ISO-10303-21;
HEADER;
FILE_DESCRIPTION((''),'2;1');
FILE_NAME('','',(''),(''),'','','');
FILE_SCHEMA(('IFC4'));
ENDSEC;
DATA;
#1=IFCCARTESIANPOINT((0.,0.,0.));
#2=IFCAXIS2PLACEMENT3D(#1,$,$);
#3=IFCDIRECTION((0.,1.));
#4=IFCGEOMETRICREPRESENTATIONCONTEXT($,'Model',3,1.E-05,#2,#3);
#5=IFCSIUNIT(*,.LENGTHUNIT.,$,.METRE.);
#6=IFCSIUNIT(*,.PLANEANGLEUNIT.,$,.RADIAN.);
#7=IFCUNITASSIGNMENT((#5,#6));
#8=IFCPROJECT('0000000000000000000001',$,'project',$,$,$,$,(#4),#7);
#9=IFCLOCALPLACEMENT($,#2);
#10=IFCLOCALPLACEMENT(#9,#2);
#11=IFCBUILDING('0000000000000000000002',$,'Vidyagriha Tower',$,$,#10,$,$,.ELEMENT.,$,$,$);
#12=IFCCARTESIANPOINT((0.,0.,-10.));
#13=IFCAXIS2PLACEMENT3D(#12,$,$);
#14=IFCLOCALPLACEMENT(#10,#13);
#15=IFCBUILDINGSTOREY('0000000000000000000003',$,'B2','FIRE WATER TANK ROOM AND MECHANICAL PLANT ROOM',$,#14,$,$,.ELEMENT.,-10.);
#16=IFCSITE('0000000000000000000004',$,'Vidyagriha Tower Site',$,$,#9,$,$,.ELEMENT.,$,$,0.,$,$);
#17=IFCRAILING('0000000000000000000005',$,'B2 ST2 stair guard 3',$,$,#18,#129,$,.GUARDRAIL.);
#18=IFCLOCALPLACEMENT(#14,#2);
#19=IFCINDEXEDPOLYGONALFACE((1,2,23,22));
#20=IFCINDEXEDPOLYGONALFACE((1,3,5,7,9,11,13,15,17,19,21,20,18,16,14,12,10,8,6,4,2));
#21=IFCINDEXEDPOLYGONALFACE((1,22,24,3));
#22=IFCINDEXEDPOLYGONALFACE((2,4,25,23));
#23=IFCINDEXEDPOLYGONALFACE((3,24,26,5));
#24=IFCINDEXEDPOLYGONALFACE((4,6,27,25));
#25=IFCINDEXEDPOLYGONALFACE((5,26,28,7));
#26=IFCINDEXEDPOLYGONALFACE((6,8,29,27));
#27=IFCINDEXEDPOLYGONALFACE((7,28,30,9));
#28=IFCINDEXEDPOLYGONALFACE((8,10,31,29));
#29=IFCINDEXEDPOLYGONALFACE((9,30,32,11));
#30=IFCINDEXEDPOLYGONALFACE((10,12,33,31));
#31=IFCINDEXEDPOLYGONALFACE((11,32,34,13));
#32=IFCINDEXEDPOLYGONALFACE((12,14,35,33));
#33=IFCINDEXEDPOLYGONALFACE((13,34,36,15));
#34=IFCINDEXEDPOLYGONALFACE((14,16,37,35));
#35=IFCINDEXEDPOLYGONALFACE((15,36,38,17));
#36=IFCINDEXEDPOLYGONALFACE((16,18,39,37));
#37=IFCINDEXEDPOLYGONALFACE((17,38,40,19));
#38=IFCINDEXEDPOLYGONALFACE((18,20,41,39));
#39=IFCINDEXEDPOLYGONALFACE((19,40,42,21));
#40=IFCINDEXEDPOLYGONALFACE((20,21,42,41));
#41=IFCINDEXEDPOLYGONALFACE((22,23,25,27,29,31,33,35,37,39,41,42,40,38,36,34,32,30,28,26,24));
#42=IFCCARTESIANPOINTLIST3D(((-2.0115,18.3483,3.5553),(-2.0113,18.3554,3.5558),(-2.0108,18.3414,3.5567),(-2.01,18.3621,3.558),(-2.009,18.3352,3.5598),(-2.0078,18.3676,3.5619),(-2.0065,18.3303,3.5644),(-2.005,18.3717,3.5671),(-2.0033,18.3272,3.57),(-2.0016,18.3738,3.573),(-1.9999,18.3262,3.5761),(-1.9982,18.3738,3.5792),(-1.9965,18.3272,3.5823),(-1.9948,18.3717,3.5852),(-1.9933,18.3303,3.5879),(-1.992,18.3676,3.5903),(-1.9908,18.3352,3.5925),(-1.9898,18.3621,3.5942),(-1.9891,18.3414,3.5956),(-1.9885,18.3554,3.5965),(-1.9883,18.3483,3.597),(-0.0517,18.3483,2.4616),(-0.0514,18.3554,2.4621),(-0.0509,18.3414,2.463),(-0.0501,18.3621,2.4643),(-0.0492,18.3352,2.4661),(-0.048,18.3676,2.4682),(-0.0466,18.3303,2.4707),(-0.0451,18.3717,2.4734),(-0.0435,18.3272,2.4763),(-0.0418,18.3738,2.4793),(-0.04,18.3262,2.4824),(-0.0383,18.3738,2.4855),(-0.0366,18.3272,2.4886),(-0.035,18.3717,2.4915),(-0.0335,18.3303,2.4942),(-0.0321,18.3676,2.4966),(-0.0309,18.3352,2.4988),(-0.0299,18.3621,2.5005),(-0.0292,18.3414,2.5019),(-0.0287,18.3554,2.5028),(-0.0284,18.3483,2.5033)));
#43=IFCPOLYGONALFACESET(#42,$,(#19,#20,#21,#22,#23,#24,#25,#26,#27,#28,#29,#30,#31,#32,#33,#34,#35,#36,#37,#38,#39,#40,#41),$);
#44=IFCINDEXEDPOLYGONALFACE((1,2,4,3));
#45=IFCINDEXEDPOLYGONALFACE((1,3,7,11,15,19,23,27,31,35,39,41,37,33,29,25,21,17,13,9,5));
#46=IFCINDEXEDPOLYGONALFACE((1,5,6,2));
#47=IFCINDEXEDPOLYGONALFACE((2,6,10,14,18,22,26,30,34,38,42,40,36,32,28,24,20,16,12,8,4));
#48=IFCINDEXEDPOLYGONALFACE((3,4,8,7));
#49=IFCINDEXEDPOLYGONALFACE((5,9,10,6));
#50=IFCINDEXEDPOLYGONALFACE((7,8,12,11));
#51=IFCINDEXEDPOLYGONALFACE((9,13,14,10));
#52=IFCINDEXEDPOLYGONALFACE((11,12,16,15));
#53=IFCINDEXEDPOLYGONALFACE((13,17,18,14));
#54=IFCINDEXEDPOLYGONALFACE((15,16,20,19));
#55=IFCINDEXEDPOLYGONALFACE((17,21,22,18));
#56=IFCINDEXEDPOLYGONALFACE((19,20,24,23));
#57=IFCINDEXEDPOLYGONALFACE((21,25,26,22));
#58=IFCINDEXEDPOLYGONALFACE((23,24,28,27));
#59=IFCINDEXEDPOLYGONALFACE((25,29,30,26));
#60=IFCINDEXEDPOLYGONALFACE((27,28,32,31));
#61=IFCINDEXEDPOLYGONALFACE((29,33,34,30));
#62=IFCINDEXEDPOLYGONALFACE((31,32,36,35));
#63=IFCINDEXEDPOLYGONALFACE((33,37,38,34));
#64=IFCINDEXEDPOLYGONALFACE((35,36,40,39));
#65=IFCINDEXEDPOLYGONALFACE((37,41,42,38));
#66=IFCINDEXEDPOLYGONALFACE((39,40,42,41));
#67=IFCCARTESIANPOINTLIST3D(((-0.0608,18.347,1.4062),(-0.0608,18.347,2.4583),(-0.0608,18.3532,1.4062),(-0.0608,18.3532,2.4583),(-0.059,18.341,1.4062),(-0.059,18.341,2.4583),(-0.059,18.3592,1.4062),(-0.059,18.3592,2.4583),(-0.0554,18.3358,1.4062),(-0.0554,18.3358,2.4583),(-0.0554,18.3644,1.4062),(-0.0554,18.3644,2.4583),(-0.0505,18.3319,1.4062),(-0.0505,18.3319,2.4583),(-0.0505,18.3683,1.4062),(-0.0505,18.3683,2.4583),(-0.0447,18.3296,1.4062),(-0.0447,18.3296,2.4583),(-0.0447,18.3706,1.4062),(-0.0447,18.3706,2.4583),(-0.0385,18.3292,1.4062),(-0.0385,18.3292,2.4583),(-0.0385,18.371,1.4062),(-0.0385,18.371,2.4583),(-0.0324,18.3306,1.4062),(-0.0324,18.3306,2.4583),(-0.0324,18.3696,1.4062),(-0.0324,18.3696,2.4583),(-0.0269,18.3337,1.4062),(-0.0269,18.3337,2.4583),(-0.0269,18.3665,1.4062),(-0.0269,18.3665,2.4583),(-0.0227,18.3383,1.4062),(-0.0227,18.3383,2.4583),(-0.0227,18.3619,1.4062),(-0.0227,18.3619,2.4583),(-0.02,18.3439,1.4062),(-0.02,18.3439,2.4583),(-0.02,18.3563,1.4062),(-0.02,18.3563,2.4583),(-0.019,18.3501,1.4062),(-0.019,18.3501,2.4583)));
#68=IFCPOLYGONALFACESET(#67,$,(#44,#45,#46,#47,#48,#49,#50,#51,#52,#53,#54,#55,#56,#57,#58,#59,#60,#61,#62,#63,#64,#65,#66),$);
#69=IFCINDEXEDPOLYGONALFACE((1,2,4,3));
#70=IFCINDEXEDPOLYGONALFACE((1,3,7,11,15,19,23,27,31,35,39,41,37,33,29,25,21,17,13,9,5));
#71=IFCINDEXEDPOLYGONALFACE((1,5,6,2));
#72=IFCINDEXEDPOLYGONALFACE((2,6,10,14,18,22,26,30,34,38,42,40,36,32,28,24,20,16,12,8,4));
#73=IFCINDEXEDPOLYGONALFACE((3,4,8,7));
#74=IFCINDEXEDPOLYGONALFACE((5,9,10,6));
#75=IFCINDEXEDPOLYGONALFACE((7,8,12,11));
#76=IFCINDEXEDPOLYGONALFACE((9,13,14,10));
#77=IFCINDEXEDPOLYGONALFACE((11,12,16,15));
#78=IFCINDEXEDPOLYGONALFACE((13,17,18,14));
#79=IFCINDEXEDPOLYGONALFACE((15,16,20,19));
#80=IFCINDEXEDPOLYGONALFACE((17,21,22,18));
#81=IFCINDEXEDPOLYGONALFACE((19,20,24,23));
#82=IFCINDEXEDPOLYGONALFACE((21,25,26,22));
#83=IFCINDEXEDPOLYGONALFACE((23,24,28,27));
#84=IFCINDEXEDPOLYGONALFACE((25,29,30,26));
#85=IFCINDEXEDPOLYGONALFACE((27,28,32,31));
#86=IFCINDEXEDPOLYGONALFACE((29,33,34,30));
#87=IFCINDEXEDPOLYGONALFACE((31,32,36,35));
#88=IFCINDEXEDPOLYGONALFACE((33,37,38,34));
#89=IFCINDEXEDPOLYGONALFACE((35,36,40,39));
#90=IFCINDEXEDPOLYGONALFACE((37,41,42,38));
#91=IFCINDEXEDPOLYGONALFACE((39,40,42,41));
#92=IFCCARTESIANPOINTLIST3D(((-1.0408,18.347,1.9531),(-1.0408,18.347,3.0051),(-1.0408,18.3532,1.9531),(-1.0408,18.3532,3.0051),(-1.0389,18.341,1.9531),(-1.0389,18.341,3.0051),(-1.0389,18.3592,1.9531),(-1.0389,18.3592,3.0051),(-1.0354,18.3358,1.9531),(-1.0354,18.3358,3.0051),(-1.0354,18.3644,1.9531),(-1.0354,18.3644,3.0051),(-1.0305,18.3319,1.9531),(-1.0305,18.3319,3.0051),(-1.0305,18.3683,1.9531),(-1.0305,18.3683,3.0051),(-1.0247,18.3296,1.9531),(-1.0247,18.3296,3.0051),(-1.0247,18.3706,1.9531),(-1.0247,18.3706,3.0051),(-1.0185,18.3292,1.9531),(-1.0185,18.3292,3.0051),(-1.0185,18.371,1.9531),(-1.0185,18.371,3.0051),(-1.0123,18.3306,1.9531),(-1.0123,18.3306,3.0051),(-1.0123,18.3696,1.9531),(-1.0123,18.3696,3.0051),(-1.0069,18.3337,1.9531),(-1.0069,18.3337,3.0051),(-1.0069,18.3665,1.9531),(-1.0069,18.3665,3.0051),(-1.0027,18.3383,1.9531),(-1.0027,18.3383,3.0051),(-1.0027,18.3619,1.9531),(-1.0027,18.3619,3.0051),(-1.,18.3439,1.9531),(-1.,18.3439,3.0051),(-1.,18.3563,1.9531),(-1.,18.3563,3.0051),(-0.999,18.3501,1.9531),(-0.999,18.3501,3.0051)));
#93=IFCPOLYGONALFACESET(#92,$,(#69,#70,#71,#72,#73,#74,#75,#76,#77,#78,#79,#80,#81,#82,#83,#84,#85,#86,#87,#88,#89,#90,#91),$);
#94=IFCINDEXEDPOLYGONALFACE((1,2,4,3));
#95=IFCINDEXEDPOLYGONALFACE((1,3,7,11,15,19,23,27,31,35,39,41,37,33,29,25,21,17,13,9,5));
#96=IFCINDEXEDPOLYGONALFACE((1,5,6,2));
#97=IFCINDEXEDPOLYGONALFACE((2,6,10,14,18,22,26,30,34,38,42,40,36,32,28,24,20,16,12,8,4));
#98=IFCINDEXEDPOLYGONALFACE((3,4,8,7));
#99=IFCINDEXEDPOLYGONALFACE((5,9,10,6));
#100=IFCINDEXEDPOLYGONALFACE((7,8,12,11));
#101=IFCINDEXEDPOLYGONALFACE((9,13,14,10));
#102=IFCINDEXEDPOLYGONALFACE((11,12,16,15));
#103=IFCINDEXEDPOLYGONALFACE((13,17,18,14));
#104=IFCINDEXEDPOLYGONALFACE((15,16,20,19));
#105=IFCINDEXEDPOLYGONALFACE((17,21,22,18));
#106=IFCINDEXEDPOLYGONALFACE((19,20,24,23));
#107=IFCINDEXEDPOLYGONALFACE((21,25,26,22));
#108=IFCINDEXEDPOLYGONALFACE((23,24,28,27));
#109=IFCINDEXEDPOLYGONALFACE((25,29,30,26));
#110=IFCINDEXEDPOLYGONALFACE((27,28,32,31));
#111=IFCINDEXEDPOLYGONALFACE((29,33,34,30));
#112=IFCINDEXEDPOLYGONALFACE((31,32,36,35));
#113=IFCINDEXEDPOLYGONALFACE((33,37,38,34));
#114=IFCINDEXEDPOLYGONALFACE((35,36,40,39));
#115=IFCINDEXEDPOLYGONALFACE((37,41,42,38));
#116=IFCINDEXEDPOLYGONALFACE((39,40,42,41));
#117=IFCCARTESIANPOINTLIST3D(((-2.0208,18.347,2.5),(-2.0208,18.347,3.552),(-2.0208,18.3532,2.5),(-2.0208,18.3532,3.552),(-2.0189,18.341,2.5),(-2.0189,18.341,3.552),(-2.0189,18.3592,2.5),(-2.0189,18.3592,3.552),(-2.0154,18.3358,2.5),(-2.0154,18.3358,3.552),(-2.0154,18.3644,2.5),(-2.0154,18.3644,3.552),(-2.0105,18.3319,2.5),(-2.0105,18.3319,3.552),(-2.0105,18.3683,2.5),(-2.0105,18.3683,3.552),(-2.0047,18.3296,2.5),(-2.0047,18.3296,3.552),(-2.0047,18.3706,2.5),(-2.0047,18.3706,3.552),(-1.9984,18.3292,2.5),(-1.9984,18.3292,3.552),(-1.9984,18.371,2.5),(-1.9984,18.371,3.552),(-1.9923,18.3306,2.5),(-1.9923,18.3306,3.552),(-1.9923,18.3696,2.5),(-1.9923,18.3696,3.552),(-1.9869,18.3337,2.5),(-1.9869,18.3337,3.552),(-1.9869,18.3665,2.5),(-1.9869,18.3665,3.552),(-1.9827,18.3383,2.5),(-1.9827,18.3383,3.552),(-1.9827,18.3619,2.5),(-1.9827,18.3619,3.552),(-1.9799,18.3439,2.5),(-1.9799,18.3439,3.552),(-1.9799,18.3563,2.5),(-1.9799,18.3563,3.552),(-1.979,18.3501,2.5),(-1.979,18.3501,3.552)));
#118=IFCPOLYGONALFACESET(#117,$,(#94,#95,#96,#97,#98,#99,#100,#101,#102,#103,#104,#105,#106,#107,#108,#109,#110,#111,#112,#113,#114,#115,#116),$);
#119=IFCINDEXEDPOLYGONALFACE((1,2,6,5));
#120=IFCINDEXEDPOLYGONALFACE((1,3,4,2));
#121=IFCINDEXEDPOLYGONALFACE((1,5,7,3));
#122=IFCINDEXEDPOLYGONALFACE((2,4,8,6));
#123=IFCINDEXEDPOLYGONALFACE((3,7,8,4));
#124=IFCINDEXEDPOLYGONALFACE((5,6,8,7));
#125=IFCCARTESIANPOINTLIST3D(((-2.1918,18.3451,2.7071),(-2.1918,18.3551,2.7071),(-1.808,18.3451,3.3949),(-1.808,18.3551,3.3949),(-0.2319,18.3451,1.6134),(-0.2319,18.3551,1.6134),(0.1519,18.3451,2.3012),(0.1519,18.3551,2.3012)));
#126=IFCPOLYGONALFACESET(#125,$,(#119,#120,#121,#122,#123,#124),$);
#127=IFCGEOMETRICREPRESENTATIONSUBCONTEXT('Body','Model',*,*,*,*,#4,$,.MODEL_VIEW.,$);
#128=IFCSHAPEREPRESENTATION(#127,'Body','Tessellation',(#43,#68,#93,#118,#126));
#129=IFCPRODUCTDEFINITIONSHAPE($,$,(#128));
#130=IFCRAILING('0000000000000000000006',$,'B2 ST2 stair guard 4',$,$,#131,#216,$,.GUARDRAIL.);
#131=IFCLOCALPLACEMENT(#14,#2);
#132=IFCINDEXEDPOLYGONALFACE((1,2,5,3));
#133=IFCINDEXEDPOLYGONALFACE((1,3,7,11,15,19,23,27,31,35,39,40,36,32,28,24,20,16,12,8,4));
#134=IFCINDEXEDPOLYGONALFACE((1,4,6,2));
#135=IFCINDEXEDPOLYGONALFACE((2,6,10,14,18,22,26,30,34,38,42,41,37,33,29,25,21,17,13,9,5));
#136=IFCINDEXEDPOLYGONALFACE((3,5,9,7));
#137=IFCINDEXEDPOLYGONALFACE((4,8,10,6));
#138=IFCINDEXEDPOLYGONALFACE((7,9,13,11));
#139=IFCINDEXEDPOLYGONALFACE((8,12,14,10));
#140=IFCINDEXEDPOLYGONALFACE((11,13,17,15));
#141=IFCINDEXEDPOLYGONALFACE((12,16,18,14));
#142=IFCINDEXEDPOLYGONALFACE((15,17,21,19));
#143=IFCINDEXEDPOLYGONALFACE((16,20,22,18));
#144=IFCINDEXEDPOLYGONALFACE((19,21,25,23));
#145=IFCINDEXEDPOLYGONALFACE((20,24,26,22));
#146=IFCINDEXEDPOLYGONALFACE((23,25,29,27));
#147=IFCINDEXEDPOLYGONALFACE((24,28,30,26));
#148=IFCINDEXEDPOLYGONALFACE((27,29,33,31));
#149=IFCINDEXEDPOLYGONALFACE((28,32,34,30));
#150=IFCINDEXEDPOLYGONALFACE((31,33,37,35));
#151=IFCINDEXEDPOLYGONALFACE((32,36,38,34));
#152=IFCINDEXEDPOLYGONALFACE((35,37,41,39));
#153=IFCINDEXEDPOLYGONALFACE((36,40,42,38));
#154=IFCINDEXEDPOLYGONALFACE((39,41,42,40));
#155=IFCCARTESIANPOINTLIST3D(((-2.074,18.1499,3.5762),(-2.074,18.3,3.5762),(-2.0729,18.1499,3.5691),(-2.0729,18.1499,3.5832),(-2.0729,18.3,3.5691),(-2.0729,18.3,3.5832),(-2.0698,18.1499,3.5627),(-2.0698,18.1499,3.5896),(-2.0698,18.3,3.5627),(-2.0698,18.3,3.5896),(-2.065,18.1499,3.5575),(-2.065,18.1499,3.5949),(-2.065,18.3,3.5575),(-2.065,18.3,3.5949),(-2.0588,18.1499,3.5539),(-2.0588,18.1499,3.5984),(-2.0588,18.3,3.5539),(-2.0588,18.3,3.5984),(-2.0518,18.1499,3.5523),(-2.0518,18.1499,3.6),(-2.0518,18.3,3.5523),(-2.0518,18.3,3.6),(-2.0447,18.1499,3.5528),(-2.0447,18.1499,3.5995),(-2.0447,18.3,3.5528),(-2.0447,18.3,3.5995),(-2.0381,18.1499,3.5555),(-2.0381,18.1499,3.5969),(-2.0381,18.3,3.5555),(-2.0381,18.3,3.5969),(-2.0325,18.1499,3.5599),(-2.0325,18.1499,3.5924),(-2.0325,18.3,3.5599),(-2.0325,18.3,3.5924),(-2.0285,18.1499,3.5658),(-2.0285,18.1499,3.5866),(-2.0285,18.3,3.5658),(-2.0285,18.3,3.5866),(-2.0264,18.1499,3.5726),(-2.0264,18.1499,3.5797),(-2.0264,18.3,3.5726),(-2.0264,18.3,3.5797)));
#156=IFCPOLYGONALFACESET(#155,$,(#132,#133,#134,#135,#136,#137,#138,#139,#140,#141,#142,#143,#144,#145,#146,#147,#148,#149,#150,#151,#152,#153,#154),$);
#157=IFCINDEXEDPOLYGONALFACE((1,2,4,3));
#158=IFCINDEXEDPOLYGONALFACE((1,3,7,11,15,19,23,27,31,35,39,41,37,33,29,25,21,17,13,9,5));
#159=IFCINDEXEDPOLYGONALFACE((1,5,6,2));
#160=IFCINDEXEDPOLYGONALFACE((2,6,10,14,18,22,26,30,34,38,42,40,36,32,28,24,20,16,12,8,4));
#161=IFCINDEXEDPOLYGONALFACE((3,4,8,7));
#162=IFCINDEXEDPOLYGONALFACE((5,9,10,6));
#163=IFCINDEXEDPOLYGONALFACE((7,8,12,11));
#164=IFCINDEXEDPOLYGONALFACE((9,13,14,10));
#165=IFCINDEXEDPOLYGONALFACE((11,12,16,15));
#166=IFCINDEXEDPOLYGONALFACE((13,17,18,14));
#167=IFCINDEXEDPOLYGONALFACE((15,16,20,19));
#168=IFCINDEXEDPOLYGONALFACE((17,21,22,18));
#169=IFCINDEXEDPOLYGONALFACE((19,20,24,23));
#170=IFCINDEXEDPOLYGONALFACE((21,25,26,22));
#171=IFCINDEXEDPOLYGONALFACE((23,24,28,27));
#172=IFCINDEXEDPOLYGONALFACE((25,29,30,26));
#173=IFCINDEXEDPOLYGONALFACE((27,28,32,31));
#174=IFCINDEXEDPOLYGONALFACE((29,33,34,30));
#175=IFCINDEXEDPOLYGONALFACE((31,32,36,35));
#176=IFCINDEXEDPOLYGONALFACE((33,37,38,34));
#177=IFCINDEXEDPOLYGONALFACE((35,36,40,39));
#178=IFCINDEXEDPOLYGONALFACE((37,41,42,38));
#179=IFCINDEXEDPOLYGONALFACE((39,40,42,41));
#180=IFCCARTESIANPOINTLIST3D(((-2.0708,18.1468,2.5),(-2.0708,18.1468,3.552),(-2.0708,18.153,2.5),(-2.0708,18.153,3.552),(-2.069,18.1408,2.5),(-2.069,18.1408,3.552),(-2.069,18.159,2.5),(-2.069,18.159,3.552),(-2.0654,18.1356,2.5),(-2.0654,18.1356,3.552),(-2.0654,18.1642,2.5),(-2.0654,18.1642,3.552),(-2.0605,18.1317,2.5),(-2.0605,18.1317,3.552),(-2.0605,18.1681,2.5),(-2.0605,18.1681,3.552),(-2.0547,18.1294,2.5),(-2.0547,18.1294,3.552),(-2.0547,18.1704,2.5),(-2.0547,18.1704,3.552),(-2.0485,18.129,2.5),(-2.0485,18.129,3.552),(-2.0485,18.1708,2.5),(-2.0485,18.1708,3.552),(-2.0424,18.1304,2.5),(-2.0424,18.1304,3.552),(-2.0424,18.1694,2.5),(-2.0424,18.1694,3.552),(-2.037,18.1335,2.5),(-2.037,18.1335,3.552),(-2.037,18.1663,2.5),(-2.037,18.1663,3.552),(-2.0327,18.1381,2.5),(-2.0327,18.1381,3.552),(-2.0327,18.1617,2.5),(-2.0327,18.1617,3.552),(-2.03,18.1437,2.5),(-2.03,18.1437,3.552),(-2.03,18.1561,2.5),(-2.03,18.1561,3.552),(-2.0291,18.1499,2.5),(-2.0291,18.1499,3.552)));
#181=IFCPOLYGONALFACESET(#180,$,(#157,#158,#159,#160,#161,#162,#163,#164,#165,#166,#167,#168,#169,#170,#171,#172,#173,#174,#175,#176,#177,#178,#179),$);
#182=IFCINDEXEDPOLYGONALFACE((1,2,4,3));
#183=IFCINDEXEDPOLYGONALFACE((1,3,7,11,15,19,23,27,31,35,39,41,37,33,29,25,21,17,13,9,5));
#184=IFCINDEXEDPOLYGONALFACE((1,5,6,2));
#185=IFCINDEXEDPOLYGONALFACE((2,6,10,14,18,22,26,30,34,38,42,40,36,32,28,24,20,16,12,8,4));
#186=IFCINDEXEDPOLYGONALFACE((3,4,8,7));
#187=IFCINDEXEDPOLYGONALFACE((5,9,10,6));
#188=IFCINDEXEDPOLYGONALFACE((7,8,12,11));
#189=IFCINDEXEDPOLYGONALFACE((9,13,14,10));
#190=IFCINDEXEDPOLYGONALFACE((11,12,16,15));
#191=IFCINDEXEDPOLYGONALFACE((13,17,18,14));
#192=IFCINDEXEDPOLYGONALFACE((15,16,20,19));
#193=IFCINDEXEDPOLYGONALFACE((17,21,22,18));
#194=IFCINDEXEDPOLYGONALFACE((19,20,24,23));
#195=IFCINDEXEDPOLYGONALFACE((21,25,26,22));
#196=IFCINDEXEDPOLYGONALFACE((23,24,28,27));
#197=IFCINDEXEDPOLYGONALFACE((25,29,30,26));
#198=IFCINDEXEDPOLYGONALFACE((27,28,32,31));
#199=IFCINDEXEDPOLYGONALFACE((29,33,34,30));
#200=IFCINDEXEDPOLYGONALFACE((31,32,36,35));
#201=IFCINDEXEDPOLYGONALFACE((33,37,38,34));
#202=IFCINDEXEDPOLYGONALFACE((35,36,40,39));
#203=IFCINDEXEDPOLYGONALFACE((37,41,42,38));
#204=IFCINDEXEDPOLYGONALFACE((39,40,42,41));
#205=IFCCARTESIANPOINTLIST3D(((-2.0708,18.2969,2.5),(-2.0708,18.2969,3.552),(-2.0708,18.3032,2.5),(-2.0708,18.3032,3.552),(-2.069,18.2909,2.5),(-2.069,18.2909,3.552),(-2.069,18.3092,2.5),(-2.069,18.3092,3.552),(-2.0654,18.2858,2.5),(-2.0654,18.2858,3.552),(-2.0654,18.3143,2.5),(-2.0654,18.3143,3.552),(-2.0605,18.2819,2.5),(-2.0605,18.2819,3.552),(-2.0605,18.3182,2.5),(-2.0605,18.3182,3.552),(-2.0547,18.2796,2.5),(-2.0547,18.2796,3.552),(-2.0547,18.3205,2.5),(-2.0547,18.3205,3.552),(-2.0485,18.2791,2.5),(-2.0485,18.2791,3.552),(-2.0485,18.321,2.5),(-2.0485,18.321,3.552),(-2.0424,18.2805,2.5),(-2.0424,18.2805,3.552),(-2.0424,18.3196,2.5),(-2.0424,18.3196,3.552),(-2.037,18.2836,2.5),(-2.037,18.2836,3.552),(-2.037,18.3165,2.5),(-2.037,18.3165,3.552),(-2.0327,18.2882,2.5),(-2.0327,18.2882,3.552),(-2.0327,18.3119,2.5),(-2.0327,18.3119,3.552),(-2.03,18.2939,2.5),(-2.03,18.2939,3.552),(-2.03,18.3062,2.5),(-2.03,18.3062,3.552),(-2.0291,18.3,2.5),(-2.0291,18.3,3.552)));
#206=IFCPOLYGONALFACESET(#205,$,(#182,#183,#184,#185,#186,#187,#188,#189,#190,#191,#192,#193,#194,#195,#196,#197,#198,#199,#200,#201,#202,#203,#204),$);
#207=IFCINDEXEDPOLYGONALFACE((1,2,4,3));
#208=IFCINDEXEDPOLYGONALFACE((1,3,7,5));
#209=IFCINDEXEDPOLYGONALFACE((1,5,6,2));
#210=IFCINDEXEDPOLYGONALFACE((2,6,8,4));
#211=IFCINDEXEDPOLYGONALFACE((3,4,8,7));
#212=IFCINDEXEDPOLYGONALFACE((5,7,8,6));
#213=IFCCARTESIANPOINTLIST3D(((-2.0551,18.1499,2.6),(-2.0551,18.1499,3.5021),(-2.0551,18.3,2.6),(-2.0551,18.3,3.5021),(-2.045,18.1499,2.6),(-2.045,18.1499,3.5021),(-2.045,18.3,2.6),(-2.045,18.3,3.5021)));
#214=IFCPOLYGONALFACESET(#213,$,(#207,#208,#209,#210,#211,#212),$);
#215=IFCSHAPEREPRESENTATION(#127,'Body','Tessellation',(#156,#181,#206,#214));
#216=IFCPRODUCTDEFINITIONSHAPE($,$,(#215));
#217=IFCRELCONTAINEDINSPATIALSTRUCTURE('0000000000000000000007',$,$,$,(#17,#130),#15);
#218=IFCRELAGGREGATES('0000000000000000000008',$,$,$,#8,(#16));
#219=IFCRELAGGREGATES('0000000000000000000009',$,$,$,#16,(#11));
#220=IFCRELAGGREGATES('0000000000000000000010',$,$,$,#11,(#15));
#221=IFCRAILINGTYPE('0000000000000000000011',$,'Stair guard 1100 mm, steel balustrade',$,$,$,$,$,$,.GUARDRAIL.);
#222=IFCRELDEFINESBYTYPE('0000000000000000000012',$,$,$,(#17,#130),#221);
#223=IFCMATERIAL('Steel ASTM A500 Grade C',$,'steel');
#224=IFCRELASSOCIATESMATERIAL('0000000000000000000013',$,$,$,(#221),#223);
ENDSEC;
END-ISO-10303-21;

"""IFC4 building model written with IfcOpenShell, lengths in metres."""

from ifc_helpers import new_model, si_unit, direction, frame, origin, origin_2d, place, context, subcontext, project, spatial, rectangle, circle, extrude, material, type_object, element, save


model = new_model("IFC4")

# Units and contexts
model_context = context("Model", 3, precision=1e-05, world=origin(), true_north=direction((0.0, 1.0)))
body_context = subcontext(model_context, "Body", "Model", "MODEL_VIEW")
ifc_project = project(units=[si_unit("LENGTHUNIT", "METRE"), si_unit("PLANEANGLEUNIT", "RADIAN")], contexts=[model_context])

# Site, building, storey
site_placement = place(None, origin())
site = spatial("IfcSite", under=ifc_project, at=site_placement, Name="Vidyagriha Tower Site", CompositionType="ELEMENT", RefElevation=0.0)
building_placement = place(site_placement, origin())
building = spatial("IfcBuilding", under=site, at=building_placement, Name="Vidyagriha Tower", CompositionType="ELEMENT")
storey_placement = place(building_placement, frame((0.0, 0.0, -10.0)))
storey = spatial("IfcBuildingStorey", under=building, at=storey_placement, Name="B2", Description="FIRE WATER TANK ROOM AND MECHANICAL PLANT ROOM", CompositionType="ELEMENT", Elevation=-10.0)

# Railings
ifc_material_1 = material(Name="Steel ASTM A500 Grade C", Category="steel")
railing_type_1 = type_object("IfcRailingType", Name="Stair guard 1100 mm, steel balustrade", PredefinedType="GUARDRAIL", material=ifc_material_1)
railing_1_placement = place(storey_placement, frame((-0.04, 18.3501, 1.4062)))
element("IfcRailing", 1, at=railing_1_placement, inside=storey, type_object=railing_type_1, Name="B2 ST2 stair guard 3", PredefinedType="GUARDRAIL", context=body_context, shape_type="SweptSolid", body=[
    extrude(circle(Radius=0.0239, at=origin_2d()), frame((0.0, 0.0, 1.0762), z_axis=(-0.873232, 0.0, 0.487304), x_axis=(0.0, -1.0, 0.0)), (0.0, 0.0, 1.0), 2.2444),
    extrude(circle(Radius=0.021, at=origin_2d()), origin(), (0.0, 0.0, 1.0), 1.052),
    extrude(circle(Radius=0.021, at=origin_2d()), frame((-0.98, 0.0, 0.5469)), (0.0, 0.0, 1.0), 1.052),
    extrude(circle(Radius=0.021, at=origin_2d()), frame((-1.96, 0.0, 1.0938)), (0.0, 0.0, 1.0), 1.052),
    extrude(rectangle(XDim=0.01, YDim=0.7876, at=origin_2d()), frame((0.0, 0.0, 0.551), z_axis=(-0.873232, 0.0, 0.487304), x_axis=(0.0, -1.0, 0.0)), (0.0, 0.0, 1.0), 2.2444),
])
railing_2_placement = place(storey_placement, frame((-2.05, 18.1499, 2.5)))
element("IfcRailing", 2, at=railing_2_placement, inside=storey, type_object=railing_type_1, Name="B2 ST2 stair guard 4", PredefinedType="GUARDRAIL", context=body_context, shape_type="SweptSolid", body=[
    extrude(circle(Radius=0.0239, at=origin_2d()), frame((0.0, 0.0, 1.0762), z_axis=(0.0, 1.0, 0.0), x_axis=(-1.0, 0.0, 0.0)), (0.0, 0.0, 1.0), 0.1501),
    extrude(circle(Radius=0.021, at=origin_2d()), origin(), (0.0, 0.0, 1.0), 1.052),
    extrude(circle(Radius=0.021, at=origin_2d()), frame((0.0, 0.1501, 0.0)), (0.0, 0.0, 1.0), 1.052),
    extrude(rectangle(XDim=0.01, YDim=0.9021, at=origin_2d()), frame((0.0, 0.0, 0.551), z_axis=(0.0, 1.0, 0.0), x_axis=(-1.0, 0.0, 0.0)), (0.0, 0.0, 1.0), 0.1501),
])

save(model, "model.ifc")
